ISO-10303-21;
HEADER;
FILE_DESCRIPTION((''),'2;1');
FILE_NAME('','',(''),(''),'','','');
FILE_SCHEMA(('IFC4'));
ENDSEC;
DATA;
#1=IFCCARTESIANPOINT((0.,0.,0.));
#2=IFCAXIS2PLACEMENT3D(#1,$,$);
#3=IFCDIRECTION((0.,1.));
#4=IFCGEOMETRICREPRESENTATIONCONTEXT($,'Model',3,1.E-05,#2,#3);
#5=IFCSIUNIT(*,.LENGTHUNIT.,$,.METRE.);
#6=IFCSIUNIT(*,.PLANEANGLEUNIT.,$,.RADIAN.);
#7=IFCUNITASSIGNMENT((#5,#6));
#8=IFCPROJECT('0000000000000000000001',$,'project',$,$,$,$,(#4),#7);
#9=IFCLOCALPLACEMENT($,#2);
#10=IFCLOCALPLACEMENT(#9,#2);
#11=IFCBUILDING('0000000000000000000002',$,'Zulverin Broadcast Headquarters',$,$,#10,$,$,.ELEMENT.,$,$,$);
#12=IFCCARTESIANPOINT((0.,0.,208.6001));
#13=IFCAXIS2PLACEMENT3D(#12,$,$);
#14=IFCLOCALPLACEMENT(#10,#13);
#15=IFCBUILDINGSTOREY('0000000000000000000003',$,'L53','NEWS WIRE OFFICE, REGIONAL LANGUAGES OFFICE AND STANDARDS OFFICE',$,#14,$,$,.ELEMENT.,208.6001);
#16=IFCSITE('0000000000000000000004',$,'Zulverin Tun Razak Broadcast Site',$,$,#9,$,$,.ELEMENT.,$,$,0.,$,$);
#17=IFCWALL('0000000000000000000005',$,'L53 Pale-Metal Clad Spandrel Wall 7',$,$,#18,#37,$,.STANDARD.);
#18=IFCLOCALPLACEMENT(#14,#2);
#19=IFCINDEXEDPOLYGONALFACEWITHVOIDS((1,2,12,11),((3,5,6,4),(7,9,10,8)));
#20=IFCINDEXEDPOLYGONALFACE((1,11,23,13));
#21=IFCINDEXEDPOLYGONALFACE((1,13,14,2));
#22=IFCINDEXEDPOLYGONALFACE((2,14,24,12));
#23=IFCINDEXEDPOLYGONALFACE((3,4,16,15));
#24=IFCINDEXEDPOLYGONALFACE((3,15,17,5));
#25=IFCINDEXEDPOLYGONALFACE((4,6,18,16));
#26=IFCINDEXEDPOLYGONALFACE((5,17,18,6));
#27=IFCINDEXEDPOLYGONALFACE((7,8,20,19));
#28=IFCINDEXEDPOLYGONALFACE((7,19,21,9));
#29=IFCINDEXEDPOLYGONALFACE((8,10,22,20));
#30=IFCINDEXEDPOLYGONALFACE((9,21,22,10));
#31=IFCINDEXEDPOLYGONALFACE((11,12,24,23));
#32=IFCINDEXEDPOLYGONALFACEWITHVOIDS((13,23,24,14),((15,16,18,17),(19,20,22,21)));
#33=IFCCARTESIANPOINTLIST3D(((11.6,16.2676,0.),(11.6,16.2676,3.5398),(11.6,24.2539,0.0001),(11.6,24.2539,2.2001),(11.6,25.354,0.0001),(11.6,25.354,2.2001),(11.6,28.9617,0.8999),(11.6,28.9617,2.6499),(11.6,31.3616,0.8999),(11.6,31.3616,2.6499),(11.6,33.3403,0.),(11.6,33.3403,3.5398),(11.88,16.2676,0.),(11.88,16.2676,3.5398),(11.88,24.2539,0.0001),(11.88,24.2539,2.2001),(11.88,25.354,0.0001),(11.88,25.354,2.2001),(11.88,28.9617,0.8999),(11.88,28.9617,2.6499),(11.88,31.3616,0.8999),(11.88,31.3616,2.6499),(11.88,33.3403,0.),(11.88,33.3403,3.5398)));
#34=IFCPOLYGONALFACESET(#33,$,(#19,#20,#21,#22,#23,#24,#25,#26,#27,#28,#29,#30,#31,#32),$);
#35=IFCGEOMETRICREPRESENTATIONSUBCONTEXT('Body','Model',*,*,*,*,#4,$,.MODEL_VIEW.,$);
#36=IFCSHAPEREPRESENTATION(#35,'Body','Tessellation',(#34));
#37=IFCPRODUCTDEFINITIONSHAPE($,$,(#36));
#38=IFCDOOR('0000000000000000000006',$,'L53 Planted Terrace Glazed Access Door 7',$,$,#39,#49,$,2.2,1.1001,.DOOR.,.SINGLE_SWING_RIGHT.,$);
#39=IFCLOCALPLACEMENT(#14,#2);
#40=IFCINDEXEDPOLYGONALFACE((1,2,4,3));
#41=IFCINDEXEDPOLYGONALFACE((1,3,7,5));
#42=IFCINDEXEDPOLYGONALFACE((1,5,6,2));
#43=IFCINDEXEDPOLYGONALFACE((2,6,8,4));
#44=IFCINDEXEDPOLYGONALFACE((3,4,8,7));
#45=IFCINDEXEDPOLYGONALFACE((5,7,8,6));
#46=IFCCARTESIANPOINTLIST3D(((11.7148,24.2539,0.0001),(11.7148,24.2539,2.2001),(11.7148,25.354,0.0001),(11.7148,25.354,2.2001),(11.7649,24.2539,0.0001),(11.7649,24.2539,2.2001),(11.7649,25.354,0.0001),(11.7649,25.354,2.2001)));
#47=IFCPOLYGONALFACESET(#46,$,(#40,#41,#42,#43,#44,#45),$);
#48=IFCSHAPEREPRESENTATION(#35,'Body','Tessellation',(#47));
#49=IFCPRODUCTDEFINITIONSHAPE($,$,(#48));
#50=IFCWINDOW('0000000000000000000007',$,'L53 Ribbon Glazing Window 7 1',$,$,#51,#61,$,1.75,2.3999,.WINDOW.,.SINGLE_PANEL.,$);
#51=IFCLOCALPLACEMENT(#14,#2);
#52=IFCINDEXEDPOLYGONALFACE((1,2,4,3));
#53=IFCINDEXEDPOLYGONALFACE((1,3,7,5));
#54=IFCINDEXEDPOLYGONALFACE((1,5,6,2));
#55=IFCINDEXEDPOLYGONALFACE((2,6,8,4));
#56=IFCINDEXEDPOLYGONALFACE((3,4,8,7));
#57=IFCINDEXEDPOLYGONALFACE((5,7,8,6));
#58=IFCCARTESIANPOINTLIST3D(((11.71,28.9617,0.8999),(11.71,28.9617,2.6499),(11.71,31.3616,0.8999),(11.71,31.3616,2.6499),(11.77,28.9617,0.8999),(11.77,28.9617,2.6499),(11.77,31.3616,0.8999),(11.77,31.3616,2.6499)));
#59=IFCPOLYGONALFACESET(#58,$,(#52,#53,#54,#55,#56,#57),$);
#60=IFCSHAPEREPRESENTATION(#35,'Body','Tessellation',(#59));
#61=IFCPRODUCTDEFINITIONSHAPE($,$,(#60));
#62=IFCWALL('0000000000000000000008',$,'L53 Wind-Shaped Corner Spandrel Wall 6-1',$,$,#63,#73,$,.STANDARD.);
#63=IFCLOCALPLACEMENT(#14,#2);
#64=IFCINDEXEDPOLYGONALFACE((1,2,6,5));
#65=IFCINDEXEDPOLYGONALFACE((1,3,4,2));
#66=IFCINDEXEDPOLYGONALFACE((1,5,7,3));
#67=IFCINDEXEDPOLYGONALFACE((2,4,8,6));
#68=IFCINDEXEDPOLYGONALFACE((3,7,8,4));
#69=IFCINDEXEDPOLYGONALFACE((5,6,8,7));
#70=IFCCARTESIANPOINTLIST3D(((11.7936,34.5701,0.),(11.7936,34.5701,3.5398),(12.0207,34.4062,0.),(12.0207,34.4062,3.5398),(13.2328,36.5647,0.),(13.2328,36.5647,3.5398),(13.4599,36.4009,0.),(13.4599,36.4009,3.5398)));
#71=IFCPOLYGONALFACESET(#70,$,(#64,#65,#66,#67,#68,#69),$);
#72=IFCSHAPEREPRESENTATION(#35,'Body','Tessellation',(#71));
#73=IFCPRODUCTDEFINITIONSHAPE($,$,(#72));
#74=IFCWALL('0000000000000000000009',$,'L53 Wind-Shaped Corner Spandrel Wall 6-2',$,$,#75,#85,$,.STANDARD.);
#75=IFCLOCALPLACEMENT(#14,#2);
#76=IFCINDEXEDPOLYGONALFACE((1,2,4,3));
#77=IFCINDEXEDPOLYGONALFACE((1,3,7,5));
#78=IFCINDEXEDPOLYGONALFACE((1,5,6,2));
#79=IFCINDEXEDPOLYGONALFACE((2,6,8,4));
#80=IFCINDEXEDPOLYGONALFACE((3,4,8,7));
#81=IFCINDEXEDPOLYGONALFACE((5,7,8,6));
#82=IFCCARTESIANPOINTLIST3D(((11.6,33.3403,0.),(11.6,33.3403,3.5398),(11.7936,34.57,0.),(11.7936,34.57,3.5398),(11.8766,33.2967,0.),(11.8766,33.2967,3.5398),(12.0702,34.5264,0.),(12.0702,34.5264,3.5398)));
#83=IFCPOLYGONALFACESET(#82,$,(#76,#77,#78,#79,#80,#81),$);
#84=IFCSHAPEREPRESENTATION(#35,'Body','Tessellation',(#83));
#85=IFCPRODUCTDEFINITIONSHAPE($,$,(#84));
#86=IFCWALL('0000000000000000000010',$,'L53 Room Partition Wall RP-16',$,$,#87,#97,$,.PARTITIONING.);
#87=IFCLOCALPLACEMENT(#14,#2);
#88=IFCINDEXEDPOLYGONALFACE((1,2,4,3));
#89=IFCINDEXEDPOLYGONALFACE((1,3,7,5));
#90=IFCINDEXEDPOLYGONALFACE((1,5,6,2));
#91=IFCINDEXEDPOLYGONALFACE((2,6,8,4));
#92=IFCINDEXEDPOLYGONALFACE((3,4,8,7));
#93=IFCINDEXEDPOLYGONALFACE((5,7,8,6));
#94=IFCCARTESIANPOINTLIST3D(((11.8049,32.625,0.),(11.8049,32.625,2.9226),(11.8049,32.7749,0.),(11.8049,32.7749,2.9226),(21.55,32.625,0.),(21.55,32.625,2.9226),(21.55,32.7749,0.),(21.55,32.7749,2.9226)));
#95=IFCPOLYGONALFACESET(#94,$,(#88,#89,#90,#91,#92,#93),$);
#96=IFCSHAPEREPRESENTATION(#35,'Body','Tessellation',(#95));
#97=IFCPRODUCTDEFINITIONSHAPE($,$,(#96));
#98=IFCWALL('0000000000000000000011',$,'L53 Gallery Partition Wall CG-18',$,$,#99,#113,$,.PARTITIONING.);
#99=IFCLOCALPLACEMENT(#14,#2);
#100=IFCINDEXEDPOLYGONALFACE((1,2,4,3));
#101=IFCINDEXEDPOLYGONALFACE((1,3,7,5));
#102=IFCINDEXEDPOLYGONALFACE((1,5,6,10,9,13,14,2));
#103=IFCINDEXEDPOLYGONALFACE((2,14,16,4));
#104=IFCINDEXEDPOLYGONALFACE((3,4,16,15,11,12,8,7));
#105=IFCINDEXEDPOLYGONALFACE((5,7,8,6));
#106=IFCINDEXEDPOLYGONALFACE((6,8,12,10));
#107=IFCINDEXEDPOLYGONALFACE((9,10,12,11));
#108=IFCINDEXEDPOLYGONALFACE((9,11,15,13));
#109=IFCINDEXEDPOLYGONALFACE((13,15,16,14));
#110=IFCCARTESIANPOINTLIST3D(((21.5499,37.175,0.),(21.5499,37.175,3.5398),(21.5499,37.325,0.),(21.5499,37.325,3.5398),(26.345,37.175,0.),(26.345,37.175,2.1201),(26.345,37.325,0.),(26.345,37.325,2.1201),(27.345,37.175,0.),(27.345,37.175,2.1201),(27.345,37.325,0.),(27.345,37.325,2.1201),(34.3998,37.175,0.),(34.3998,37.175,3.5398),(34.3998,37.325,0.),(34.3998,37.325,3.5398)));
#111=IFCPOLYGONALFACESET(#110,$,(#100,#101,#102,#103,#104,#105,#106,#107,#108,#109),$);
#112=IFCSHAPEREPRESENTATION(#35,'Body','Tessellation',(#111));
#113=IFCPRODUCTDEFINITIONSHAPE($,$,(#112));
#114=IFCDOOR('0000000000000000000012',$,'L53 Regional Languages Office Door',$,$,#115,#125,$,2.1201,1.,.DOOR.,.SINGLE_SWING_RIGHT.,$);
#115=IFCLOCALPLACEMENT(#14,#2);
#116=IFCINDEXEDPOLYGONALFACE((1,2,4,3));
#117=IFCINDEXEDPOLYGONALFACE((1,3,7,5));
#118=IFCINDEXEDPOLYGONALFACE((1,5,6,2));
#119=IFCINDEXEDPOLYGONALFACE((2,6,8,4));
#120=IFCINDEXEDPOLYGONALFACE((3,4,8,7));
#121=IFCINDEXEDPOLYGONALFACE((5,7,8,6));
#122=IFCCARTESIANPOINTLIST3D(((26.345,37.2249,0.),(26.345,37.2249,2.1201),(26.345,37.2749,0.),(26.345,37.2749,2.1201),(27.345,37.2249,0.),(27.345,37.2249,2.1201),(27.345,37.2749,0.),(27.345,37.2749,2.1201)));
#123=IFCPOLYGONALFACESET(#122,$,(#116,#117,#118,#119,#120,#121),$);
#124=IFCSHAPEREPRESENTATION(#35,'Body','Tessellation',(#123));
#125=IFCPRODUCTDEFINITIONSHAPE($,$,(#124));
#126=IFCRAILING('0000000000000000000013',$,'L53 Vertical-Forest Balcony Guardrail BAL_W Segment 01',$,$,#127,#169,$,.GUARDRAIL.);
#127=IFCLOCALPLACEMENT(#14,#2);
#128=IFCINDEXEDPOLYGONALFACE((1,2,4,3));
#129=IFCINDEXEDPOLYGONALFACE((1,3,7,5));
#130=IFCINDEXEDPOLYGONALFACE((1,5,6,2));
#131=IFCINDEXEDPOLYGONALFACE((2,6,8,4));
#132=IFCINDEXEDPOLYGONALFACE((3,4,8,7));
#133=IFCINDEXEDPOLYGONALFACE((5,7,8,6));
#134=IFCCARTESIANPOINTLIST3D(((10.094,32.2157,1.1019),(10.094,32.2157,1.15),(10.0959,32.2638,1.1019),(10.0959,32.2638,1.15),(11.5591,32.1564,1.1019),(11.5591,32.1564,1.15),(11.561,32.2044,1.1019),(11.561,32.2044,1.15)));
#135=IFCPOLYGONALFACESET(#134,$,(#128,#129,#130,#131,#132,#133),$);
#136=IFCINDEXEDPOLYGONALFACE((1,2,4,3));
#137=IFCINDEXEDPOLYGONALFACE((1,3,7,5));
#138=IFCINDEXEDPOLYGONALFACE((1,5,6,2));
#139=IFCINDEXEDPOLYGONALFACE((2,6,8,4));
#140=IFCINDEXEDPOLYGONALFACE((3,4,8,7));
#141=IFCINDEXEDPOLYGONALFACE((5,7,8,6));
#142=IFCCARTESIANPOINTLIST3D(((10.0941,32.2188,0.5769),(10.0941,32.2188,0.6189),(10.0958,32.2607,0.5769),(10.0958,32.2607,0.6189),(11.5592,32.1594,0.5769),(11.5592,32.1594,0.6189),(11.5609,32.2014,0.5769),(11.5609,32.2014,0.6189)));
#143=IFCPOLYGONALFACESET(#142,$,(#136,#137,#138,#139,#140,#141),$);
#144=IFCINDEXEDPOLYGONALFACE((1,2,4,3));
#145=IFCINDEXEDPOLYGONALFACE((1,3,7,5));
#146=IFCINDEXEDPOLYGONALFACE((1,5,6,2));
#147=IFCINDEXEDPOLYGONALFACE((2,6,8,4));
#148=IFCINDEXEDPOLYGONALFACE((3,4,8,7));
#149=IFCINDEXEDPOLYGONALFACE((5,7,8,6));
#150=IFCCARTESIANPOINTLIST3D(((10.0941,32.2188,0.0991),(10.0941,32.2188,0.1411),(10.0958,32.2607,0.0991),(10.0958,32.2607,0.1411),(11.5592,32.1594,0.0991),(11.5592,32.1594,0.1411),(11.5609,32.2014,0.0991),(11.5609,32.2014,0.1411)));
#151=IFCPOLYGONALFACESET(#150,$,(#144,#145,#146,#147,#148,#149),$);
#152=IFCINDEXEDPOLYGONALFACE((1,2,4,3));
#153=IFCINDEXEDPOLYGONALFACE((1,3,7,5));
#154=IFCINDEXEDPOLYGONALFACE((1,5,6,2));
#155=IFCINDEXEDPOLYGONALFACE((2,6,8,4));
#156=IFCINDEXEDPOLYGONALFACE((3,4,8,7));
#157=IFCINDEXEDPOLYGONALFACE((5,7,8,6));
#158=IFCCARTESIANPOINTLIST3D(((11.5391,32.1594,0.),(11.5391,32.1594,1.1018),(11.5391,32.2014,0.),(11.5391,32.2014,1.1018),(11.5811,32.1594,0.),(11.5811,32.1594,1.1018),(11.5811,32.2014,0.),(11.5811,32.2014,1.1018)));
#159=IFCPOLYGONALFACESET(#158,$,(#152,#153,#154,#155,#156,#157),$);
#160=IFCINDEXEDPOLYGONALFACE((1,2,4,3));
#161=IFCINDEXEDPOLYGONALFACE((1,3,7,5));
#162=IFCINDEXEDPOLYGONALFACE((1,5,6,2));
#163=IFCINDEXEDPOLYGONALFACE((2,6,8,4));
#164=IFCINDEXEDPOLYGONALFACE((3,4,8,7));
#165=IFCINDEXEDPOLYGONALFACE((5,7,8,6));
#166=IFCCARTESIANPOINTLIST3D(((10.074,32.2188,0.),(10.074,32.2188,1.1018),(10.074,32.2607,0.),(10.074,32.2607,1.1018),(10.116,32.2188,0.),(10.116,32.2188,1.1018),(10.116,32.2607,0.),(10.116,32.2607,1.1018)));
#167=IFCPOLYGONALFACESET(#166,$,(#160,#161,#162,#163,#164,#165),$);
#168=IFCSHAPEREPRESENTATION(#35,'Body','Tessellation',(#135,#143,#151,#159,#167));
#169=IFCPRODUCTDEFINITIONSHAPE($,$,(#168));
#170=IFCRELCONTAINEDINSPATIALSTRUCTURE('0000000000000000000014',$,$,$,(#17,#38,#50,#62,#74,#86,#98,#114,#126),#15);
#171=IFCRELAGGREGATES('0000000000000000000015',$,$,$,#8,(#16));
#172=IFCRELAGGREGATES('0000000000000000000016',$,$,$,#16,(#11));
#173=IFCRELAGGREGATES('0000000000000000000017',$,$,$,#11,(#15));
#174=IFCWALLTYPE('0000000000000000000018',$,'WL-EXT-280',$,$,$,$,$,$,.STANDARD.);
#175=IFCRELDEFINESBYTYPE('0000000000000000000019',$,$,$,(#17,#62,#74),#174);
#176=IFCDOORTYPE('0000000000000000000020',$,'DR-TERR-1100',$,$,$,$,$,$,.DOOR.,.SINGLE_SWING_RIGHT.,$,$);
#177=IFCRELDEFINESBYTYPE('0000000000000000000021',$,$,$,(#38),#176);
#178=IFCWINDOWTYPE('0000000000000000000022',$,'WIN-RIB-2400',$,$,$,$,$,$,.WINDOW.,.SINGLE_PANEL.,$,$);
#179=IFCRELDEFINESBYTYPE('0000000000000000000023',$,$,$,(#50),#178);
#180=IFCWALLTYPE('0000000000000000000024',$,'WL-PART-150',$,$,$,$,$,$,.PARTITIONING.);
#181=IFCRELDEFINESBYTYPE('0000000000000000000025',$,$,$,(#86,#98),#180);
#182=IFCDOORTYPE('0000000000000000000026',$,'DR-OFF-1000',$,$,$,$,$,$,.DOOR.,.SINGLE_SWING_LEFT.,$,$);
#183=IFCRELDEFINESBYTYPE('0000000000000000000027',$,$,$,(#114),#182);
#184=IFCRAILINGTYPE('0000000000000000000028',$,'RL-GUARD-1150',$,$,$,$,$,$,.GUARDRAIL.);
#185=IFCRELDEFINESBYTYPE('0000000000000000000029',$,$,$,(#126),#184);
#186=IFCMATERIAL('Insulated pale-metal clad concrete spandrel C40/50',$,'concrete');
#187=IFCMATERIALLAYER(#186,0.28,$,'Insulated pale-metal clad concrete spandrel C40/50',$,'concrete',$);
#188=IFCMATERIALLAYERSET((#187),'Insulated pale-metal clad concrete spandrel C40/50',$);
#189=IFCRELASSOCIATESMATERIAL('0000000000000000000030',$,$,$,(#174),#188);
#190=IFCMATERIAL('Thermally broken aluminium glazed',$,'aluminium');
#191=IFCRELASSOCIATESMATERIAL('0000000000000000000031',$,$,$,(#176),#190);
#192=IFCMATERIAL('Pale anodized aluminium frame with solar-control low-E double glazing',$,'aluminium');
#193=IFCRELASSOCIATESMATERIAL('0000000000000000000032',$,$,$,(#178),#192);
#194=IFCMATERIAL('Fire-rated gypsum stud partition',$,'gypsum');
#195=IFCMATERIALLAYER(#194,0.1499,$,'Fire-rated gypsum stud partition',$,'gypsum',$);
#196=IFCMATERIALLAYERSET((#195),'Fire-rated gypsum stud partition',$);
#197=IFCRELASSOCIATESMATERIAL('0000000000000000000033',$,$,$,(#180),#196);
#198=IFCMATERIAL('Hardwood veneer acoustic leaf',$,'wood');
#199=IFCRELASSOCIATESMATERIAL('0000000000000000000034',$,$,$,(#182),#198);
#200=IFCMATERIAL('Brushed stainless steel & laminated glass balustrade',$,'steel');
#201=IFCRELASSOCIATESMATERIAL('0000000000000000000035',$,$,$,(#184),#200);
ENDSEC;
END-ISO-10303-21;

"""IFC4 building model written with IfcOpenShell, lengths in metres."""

from ifc_helpers import new_model, si_unit, direction, frame, frame_2d, origin, origin_2d, place, context, subcontext, project, spatial, rectangle, extrude, material, layer, layer_set, type_object, element, fill, save


model = new_model("IFC4")

# Units and contexts
model_context = context("Model", 3, precision=1e-05, world=origin(), true_north=direction((0.0, 1.0)))
body_context = subcontext(model_context, "Body", "Model", "MODEL_VIEW")
ifc_project = project(units=[si_unit("LENGTHUNIT", "METRE"), si_unit("PLANEANGLEUNIT", "RADIAN")], contexts=[model_context])

# Site, building, storey
site_placement = place(None, origin())
site = spatial("IfcSite", under=ifc_project, at=site_placement, Name="Zulverin Tun Razak Broadcast Site", CompositionType="ELEMENT", RefElevation=0.0)
building_placement = place(site_placement, origin())
building = spatial("IfcBuilding", under=site, at=building_placement, Name="Zulverin Broadcast Headquarters", CompositionType="ELEMENT")
storey_placement = place(building_placement, frame((0.0, 0.0, 208.6001)))
storey = spatial("IfcBuildingStorey", under=building, at=storey_placement, Name="L53", Description="NEWS WIRE OFFICE, REGIONAL LANGUAGES OFFICE AND STANDARDS OFFICE", CompositionType="ELEMENT", Elevation=208.6001)

# Wall, openings, door, window
ifc_material_1 = material(Name="Insulated pale-metal clad concrete spandrel C40/50", Category="concrete")
ifc_layer_1 = layer(ifc_material_1, 0.28, Name="Insulated pale-metal clad concrete spandrel C40/50", Category="concrete")
ifc_layer_set_1 = layer_set([ifc_layer_1], Name="Insulated pale-metal clad concrete spandrel C40/50")
wall_type_1 = type_object("IfcWallType", Name="WL-EXT-280", PredefinedType="STANDARD", material=ifc_layer_set_1)
wall_1_placement = place(storey_placement, frame((11.74, 33.3403, 0.0), z_axis=(0.0, 0.0, 1.0), x_axis=(0.0, -1.0, 0.0)))
wall_1 = element("IfcWall", 1, at=wall_1_placement, inside=storey, type_object=wall_type_1, Name="L53 Pale-Metal Clad Spandrel Wall 7", PredefinedType="STANDARD", context=body_context, shape_type="SweptSolid", body=[
    extrude(rectangle(XDim=17.0728, YDim=0.28, at=frame_2d((8.5364, 0.0))), origin(), (0.0, 0.0, 1.0), 3.5398),
])
opening_1_placement = place(wall_1_placement, frame((7.9863, 0.0, 0.0)))
opening_1 = element("IfcOpeningElement", 2, at=opening_1_placement, cuts=wall_1, PredefinedType="OPENING", context=body_context, shape_type="SweptSolid", body=[
    extrude(rectangle(XDim=1.1001, YDim=2.2, at=frame_2d((0.55, 1.1001))), frame((0.0, 0.1499, 0.0), z_axis=(0.0, -1.0, 0.0), x_axis=(1.0, 0.0, 0.0)), (0.0, 0.0, 1.0), 0.3),
])
opening_2_placement = place(wall_1_placement, frame((1.9788, 0.0, 0.8999)))
opening_2 = element("IfcOpeningElement", 3, at=opening_2_placement, cuts=wall_1, PredefinedType="OPENING", context=body_context, shape_type="SweptSolid", body=[
    extrude(rectangle(XDim=2.3999, YDim=1.75, at=frame_2d((1.2, 0.875))), frame((0.0, 0.1499, 0.0), z_axis=(0.0, -1.0, 0.0), x_axis=(1.0, 0.0, 0.0)), (0.0, 0.0, 1.0), 0.3),
])
ifc_material_2 = material(Name="Thermally broken aluminium glazed", Category="aluminium")
door_type_1 = type_object("IfcDoorType", Name="DR-TERR-1100", OperationType="SINGLE_SWING_RIGHT", PredefinedType="DOOR", material=ifc_material_2)
door_1_placement = place(opening_1_placement, origin())
door_1 = element("IfcDoor", 4, at=door_1_placement, inside=storey, type_object=door_type_1, Name="L53 Planted Terrace Glazed Access Door 7", OperationType="SINGLE_SWING_RIGHT", OverallHeight=2.2, OverallWidth=1.1001, PredefinedType="DOOR", context=body_context, shape_type="SweptSolid", body=[
    extrude(rectangle(XDim=1.1001, YDim=2.2, at=frame_2d((0.55, 1.1001))), frame((0.0, 0.0249, 0.0), z_axis=(0.0, -1.0, 0.0), x_axis=(1.0, 0.0, 0.0)), (0.0, 0.0, 1.0), 0.05),
])
fill(opening_1, door_1)
ifc_material_3 = material(Name="Pale anodized aluminium frame with solar-control low-E double glazing", Category="aluminium")
window_type = type_object("IfcWindowType", Name="WIN-RIB-2400", PartitioningType="SINGLE_PANEL", PredefinedType="WINDOW", material=ifc_material_3)
window_placement = place(opening_2_placement, origin())
window = element("IfcWindow", 5, at=window_placement, inside=storey, type_object=window_type, Name="L53 Ribbon Glazing Window 7 1", OverallHeight=1.75, OverallWidth=2.3999, PartitioningType="SINGLE_PANEL", PredefinedType="WINDOW", context=body_context, shape_type="SweptSolid", body=[
    extrude(rectangle(XDim=2.3999, YDim=1.75, at=frame_2d((1.2, 0.875))), frame((0.0, 0.03, 0.0), z_axis=(0.0, -1.0, 0.0), x_axis=(1.0, 0.0, 0.0)), (0.0, 0.0, 1.0), 0.0601),
])
fill(opening_2, window)

# Walls
wall_2_placement = place(storey_placement, frame((13.3464, 36.4829, 0.0), z_axis=(0.0, 0.0, 1.0), x_axis=(-0.585128, -0.810941, 0.0)))
element("IfcWall", 6, at=wall_2_placement, inside=storey, type_object=wall_type_1, Name="L53 Wind-Shaped Corner Spandrel Wall 6-1", PredefinedType="STANDARD", context=body_context, shape_type="SweptSolid", body=[
    extrude(rectangle(XDim=2.4597, YDim=0.28, at=frame_2d((1.23, 0.0))), origin(), (0.0, 0.0, 1.0), 3.5398),
])
wall_3_placement = place(storey_placement, frame((11.9319, 34.5483, 0.0), z_axis=(0.0, 0.0, 1.0), x_axis=(-0.155519, -0.987833, 0.0)))
element("IfcWall", 7, at=wall_3_placement, inside=storey, type_object=wall_type_1, Name="L53 Wind-Shaped Corner Spandrel Wall 6-2", PredefinedType="STANDARD", context=body_context, shape_type="SweptSolid", body=[
    extrude(rectangle(XDim=1.2449, YDim=0.28, at=frame_2d((0.6226, 0.0))), origin(), (0.0, 0.0, 1.0), 3.5398),
])
ifc_material_4 = material(Name="Fire-rated gypsum stud partition", Category="gypsum")
ifc_layer_2 = layer(ifc_material_4, 0.1499, Name="Fire-rated gypsum stud partition", Category="gypsum")
ifc_layer_set_2 = layer_set([ifc_layer_2], Name="Fire-rated gypsum stud partition")
wall_type_2 = type_object("IfcWallType", Name="WL-PART-150", PredefinedType="PARTITIONING", material=ifc_layer_set_2)
wall_4_placement = place(storey_placement, frame((11.8049, 32.7, 0.0), z_axis=(0.0, 0.0, 1.0), x_axis=(1.0, 0.0, 0.0)))
element("IfcWall", 8, at=wall_4_placement, inside=storey, type_object=wall_type_2, Name="L53 Room Partition Wall RP-16", PredefinedType="PARTITIONING", context=body_context, shape_type="SweptSolid", body=[
    extrude(rectangle(XDim=9.7451, YDim=0.1499, at=frame_2d((4.8726, 0.0))), origin(), (0.0, 0.0, 1.0), 2.9226),
])

# Wall, opening, door
wall_5_placement = place(storey_placement, frame((21.55, 37.25, 0.0), z_axis=(0.0, 0.0, 1.0), x_axis=(1.0, 0.0, 0.0)))
wall_5 = element("IfcWall", 9, at=wall_5_placement, inside=storey, type_object=wall_type_2, Name="L53 Gallery Partition Wall CG-18", PredefinedType="PARTITIONING", context=body_context, shape_type="SweptSolid", body=[
    extrude(rectangle(XDim=12.8499, YDim=0.1499, at=frame_2d((6.4248, 0.0))), origin(), (0.0, 0.0, 1.0), 3.5398),
])
opening_3_placement = place(wall_5_placement, frame((4.7949, 0.0, 0.0)))
opening_3 = element("IfcOpeningElement", 10, at=opening_3_placement, cuts=wall_5, PredefinedType="OPENING", context=body_context, shape_type="SweptSolid", body=[
    extrude(rectangle(XDim=1.0, YDim=2.1201, at=frame_2d((0.5, 1.0601))), frame((0.0, 0.085, 0.0), z_axis=(0.0, -1.0, 0.0), x_axis=(1.0, 0.0, 0.0)), (0.0, 0.0, 1.0), 0.1699),
])
ifc_material_5 = material(Name="Hardwood veneer acoustic leaf", Category="wood")
door_type_2 = type_object("IfcDoorType", Name="DR-OFF-1000", OperationType="SINGLE_SWING_LEFT", PredefinedType="DOOR", material=ifc_material_5)
door_2_placement = place(opening_3_placement, origin())
door_2 = element("IfcDoor", 11, at=door_2_placement, inside=storey, type_object=door_type_2, Name="L53 Regional Languages Office Door", OperationType="SINGLE_SWING_RIGHT", OverallHeight=2.1201, OverallWidth=1.0, PredefinedType="DOOR", context=body_context, shape_type="SweptSolid", body=[
    extrude(rectangle(XDim=1.0, YDim=2.1201, at=frame_2d((0.5, 1.0601))), frame((0.0, 0.0249, 0.0), z_axis=(0.0, -1.0, 0.0), x_axis=(1.0, 0.0, 0.0)), (0.0, 0.0, 1.0), 0.05),
])
fill(opening_3, door_2)

# Railing
ifc_material_6 = material(Name="Brushed stainless steel & laminated glass balustrade", Category="steel")
railing_type = type_object("IfcRailingType", Name="RL-GUARD-1150", PredefinedType="GUARDRAIL", material=ifc_material_6)
railing_1_placement = place(storey_placement, frame((11.5601, 32.1804, 0.0)))
element("IfcRailing", 12, at=railing_1_placement, inside=storey, type_object=railing_type, Name="L53 Vertical-Forest Balcony Guardrail BAL_W Segment 01", PredefinedType="GUARDRAIL", context=body_context, shape_type="SweptSolid", body=[
    extrude(rectangle(XDim=0.0481, YDim=0.0481, at=origin_2d()), frame((0.0, 0.0, 1.126), z_axis=(-0.999181, 0.04046, 0.0), x_axis=(-0.04046, -0.999181, 0.0)), (0.0, 0.0, 1.0), 1.4663),
    extrude(rectangle(XDim=0.042, YDim=0.042, at=origin_2d()), frame((0.0, 0.0, 0.5979), z_axis=(-0.999181, 0.04046, 0.0), x_axis=(-0.04046, -0.999181, 0.0)), (0.0, 0.0, 1.0), 1.4663),
    extrude(rectangle(XDim=0.042, YDim=0.042, at=origin_2d()), frame((0.0, 0.0, 0.1201), z_axis=(-0.999181, 0.04046, 0.0), x_axis=(-0.04046, -0.999181, 0.0)), (0.0, 0.0, 1.0), 1.4663),
    extrude(rectangle(XDim=0.042, YDim=0.042, at=origin_2d()), origin(), (0.0, 0.0, 1.0), 1.1018),
    extrude(rectangle(XDim=0.042, YDim=0.042, at=origin_2d()), frame((-1.4651, 0.0593, 0.0)), (0.0, 0.0, 1.0), 1.1018),
])

save(model, "model.ifc")
